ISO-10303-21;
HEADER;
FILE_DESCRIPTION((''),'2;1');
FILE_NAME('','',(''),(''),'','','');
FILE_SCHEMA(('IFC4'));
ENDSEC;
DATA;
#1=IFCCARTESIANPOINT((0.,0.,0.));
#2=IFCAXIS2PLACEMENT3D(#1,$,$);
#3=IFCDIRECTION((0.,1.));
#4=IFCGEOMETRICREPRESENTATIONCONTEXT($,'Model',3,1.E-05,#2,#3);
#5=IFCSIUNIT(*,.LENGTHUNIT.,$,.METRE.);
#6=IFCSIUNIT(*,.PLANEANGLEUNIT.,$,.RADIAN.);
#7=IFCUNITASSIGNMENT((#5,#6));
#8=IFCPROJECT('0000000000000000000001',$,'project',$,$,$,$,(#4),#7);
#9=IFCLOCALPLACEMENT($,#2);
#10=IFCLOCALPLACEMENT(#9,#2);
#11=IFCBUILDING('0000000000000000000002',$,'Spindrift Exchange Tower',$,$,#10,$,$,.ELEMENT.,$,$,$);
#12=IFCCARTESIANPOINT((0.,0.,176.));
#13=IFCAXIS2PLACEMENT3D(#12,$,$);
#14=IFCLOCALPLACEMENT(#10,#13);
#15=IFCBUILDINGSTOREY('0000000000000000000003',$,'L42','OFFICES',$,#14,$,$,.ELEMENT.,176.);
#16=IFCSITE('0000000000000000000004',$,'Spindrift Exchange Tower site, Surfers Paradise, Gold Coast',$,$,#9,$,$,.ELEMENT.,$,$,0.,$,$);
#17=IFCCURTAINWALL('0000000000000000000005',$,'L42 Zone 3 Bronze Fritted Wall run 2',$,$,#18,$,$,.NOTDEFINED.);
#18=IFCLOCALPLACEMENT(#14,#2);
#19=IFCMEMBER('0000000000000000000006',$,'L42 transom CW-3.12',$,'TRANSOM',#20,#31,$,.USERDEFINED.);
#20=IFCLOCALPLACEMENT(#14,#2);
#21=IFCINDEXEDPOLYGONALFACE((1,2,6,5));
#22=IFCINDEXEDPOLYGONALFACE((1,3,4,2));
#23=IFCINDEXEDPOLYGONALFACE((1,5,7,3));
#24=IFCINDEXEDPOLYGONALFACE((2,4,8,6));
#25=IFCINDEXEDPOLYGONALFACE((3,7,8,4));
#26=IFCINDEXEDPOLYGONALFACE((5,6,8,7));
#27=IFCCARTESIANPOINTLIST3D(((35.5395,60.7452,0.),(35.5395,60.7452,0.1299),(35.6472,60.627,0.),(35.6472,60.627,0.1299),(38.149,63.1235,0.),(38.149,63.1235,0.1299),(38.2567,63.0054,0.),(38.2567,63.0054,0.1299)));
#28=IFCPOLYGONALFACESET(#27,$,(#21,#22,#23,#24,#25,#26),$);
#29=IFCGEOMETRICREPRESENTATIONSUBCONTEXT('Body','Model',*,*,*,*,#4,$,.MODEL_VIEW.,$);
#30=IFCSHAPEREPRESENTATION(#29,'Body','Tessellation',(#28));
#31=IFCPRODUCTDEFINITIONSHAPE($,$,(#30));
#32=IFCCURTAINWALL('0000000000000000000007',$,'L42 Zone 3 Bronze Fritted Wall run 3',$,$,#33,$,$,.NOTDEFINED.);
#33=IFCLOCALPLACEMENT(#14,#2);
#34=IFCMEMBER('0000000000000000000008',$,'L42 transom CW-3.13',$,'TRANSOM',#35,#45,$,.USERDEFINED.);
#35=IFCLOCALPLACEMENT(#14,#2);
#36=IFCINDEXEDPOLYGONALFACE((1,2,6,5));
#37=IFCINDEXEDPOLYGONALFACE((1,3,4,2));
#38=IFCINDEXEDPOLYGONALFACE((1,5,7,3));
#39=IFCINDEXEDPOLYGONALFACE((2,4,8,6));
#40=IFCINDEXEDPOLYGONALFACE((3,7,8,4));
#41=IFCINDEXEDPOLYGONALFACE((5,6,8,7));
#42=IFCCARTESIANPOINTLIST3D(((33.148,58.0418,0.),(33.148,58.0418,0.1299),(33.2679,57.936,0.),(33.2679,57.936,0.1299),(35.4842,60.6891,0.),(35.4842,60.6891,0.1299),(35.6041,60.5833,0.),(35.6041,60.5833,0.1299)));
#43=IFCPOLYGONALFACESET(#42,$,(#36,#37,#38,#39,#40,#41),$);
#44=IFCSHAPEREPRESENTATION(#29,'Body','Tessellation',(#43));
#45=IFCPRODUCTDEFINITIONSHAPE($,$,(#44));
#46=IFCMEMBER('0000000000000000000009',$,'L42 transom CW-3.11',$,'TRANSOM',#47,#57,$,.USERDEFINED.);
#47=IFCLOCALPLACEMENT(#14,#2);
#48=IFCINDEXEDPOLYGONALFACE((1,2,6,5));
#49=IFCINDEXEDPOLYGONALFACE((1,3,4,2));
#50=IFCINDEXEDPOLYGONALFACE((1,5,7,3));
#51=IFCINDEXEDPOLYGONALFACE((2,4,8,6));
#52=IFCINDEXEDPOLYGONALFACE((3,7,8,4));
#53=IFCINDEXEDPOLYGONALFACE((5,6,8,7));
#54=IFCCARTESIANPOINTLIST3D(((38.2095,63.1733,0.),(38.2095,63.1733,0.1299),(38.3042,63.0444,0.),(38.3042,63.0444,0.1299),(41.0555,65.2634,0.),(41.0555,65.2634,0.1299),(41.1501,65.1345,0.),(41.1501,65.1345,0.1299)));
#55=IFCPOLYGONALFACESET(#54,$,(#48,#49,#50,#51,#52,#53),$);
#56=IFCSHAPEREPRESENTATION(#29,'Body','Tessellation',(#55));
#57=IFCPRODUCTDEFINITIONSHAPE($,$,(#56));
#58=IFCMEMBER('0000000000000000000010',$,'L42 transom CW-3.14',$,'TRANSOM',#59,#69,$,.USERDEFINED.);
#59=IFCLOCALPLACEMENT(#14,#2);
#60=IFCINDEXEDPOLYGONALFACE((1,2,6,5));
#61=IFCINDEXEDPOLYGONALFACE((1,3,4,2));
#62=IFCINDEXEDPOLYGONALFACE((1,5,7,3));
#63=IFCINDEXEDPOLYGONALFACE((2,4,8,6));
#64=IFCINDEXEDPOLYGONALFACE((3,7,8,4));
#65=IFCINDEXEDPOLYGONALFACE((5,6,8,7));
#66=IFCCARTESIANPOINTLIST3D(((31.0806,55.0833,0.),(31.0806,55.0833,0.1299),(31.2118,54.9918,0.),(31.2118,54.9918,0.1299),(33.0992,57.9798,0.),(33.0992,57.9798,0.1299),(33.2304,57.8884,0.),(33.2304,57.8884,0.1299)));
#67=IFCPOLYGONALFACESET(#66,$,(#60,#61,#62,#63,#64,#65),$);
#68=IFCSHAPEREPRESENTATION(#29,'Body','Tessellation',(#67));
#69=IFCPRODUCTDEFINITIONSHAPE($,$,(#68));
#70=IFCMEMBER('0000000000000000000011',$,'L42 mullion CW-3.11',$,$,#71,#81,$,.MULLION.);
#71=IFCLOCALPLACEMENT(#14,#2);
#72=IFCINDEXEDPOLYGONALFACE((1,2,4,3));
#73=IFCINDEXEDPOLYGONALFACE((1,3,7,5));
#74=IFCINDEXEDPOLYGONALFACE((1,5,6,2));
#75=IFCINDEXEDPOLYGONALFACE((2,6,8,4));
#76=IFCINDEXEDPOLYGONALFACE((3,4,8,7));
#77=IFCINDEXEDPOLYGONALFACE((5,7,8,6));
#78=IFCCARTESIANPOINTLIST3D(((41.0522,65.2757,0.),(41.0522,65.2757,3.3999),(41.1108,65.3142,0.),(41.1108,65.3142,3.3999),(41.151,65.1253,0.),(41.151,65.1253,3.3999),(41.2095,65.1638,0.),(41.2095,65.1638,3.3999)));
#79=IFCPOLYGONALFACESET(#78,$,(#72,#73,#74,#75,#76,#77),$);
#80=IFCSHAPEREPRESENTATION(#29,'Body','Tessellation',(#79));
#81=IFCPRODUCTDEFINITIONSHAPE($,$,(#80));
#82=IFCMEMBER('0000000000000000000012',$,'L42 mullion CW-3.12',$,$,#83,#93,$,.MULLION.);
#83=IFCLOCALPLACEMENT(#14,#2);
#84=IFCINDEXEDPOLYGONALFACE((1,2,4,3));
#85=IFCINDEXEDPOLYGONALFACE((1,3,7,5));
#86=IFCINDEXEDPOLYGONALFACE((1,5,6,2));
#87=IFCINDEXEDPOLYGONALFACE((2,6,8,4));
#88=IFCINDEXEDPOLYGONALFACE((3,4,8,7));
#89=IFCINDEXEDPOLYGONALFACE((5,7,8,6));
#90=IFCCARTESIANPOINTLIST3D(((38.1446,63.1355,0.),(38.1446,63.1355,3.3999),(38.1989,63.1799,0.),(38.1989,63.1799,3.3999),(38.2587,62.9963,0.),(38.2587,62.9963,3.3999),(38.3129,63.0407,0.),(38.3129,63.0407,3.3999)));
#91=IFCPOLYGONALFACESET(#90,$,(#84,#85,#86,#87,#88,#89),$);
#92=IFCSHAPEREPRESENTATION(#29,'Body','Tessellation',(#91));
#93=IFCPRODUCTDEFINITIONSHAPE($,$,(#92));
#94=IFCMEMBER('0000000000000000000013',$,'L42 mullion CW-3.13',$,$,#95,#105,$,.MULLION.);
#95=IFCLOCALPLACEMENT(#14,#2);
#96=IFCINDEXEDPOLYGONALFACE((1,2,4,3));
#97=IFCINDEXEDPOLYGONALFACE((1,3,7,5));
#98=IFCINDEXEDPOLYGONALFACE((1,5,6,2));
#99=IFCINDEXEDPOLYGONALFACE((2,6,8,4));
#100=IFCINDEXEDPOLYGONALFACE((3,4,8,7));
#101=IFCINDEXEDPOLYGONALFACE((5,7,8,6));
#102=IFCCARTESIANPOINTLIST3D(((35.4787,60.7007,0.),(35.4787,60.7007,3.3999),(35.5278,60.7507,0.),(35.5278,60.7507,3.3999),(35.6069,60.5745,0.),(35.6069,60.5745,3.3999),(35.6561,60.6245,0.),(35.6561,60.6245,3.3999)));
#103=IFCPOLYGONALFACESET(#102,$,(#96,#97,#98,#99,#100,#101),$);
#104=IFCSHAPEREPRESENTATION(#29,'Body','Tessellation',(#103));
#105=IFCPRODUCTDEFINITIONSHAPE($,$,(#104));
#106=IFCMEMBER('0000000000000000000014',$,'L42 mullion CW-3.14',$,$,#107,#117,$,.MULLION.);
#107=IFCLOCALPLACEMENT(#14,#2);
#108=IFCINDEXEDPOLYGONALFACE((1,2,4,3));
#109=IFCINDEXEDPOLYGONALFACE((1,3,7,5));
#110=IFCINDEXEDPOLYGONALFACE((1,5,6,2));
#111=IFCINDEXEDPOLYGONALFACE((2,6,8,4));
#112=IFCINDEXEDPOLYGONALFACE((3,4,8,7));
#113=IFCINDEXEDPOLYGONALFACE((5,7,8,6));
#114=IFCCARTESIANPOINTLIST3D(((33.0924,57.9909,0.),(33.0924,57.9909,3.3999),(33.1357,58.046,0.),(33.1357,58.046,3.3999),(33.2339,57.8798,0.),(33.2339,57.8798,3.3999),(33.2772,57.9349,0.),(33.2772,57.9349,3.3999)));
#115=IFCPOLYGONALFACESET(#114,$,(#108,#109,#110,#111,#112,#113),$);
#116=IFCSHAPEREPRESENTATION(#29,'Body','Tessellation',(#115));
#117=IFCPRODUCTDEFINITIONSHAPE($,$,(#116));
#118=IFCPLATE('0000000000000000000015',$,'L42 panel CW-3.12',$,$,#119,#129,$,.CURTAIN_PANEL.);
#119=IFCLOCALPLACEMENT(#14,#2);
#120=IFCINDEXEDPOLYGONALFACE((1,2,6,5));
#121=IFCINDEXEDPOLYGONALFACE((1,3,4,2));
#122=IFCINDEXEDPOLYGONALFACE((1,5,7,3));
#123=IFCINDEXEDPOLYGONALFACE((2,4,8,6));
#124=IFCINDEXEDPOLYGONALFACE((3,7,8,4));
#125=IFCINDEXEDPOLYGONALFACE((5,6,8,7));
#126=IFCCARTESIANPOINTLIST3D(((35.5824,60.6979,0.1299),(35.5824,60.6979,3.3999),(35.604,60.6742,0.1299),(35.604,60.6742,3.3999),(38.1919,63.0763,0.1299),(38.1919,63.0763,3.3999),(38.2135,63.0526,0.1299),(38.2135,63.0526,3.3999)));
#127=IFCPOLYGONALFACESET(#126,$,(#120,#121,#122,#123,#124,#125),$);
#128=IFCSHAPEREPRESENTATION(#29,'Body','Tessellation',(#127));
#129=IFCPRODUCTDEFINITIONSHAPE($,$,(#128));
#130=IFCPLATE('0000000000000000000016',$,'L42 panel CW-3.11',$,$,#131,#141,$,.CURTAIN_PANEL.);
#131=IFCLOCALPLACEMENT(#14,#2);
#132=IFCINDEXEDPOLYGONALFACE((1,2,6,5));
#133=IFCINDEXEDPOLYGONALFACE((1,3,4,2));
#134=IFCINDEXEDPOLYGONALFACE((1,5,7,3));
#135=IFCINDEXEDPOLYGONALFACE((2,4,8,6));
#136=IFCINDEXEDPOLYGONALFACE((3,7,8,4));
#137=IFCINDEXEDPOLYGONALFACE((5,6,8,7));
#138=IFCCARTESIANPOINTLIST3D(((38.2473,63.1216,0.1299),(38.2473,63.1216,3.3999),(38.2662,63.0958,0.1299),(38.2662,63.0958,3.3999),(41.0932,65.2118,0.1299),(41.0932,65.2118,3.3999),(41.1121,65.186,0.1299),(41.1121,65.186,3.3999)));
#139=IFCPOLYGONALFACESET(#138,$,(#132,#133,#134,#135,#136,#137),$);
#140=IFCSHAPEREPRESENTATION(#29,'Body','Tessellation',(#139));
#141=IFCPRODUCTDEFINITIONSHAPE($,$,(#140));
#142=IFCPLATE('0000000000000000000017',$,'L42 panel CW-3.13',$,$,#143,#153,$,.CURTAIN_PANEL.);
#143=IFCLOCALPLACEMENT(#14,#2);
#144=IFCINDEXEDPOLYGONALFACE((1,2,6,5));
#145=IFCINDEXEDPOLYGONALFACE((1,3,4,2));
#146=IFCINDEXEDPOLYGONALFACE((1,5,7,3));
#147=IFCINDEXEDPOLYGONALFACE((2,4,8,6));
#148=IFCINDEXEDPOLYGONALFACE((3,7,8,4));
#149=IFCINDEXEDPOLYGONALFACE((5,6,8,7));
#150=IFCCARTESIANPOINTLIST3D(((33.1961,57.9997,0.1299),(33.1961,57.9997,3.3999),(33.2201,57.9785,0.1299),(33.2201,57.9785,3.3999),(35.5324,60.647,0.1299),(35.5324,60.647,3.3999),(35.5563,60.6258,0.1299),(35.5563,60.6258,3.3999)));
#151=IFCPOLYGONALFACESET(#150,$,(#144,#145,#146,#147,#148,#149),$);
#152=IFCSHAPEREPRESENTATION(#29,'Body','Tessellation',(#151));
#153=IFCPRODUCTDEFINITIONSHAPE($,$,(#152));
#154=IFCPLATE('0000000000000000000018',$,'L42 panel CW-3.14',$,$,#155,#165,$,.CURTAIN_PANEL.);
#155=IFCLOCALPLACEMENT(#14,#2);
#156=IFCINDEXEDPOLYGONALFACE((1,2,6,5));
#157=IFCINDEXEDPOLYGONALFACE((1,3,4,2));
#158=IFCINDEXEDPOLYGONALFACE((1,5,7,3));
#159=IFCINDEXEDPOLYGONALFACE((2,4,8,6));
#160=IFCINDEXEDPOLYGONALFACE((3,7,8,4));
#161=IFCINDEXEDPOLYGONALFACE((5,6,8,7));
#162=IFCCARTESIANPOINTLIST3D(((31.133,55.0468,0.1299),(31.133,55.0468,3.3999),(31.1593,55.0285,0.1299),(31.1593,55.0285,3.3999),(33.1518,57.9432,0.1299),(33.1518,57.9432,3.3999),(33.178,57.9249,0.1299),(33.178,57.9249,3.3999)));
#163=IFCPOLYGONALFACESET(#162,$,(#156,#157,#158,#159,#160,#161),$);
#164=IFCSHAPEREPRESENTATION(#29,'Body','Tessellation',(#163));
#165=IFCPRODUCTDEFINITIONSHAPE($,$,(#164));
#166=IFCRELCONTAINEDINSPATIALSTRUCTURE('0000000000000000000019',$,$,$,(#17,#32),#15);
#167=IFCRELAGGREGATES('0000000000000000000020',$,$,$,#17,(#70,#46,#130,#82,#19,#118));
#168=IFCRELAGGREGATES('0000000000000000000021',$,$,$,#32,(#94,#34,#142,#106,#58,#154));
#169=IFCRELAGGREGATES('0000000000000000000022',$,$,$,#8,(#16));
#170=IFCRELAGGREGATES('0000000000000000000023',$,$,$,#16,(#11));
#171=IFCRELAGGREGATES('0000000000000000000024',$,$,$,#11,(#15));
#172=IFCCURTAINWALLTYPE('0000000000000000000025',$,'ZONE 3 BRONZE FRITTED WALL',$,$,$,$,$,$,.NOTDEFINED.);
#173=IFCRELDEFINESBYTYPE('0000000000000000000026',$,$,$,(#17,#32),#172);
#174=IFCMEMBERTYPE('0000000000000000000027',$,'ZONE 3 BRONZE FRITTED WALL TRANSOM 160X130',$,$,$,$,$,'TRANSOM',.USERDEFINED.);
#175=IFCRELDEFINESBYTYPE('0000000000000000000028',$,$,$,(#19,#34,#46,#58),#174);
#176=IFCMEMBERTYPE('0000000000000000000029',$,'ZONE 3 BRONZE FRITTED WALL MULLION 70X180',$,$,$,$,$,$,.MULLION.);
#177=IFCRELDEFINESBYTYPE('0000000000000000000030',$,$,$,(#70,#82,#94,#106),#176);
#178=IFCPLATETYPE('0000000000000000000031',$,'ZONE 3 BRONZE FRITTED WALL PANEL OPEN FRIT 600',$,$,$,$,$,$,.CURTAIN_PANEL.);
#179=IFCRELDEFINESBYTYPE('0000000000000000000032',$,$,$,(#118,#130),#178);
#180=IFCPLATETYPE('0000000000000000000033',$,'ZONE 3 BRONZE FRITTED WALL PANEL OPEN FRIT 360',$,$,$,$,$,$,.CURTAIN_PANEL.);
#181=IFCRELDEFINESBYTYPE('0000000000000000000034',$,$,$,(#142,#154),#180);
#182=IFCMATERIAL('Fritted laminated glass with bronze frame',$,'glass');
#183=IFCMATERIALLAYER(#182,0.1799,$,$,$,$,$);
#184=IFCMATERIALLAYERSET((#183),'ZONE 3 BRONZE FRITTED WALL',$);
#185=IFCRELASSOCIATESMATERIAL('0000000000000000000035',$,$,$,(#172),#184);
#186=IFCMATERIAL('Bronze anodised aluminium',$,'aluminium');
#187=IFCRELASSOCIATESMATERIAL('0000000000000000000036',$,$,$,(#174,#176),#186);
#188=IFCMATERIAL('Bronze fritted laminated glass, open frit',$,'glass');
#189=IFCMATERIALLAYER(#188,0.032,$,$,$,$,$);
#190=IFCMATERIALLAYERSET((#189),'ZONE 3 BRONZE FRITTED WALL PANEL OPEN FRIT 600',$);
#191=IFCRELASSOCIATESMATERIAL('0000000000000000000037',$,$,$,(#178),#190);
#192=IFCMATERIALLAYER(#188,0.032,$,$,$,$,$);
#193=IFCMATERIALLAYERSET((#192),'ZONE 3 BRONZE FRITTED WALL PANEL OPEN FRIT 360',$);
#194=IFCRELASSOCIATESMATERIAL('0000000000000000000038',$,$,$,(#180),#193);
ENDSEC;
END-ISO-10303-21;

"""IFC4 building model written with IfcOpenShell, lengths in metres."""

from ifc_helpers import new_model, si_unit, direction, frame, origin, origin_2d, place, context, subcontext, project, spatial, rectangle, extrude, source, transform, mapped, material, layer, layer_set, material_profile, profile_set, type_object, element, aggregate, save


model = new_model("IFC4")

# Units and contexts
model_context = context("Model", 3, precision=1e-05, world=origin(), true_north=direction((0.0, 1.0)))
body_context = subcontext(model_context, "Body", "Model", "MODEL_VIEW")
ifc_project = project(units=[si_unit("LENGTHUNIT", "METRE"), si_unit("PLANEANGLEUNIT", "RADIAN")], contexts=[model_context])

# Site, building, storey
site_placement = place(None, origin())
site = spatial("IfcSite", under=ifc_project, at=site_placement, Name="Spindrift Exchange Tower site, Surfers Paradise, Gold Coast", CompositionType="ELEMENT", RefElevation=0.0)
building_placement = place(site_placement, origin())
building = spatial("IfcBuilding", under=site, at=building_placement, Name="Spindrift Exchange Tower", CompositionType="ELEMENT")
storey_placement = place(building_placement, frame((0.0, 0.0, 176.0)))
storey = spatial("IfcBuildingStorey", under=building, at=storey_placement, Name="L42", Description="OFFICES", CompositionType="ELEMENT", Elevation=176.0)

# Curtain walls, members
ifc_material_1 = material(Name="Fritted laminated glass with bronze frame", Category="glass")
ifc_layer_1 = layer(ifc_material_1, 0.1799)
ifc_layer_set_1 = layer_set([ifc_layer_1], Name="ZONE 3 BRONZE FRITTED WALL")
curtain_wall_type = type_object("IfcCurtainWallType", Name="ZONE 3 BRONZE FRITTED WALL", PredefinedType="NOTDEFINED", material=ifc_layer_set_1)
curtain_wall_1_placement = place(storey_placement, origin())
curtain_wall_1 = element("IfcCurtainWall", 1, at=curtain_wall_1_placement, inside=storey, type_object=curtain_wall_type, Name="L42 Zone 3 Bronze Fritted Wall run 2", PredefinedType="NOTDEFINED")
ifc_material_2 = material(Name="Bronze anodised aluminium", Category="aluminium")
ifc_material_profile_1 = material_profile(ifc_material_2, rectangle(XDim=0.1599, YDim=0.1299, at=origin_2d()), Name="ZONE 3 BRONZE FRITTED WALL TRANSOM 160X130")
ifc_profile_set_1 = profile_set([ifc_material_profile_1], Name="Bronze anodised aluminium")
member_type_1 = type_object("IfcMemberType", Name="ZONE 3 BRONZE FRITTED WALL TRANSOM 160X130", ElementType="TRANSOM", PredefinedType="USERDEFINED", material=ifc_profile_set_1)
shared_shape_1 = source(origin(), body_context, "Body", "SweptSolid", [
    extrude(rectangle(XDim=0.1599, YDim=0.1299, at=origin_2d()), origin(), (0.0, 0.0, 1.0), 3.5308),
])
member_1_placement = place(storey_placement, frame((38.2029, 63.0645, 0.0649), z_axis=(-0.739088, -0.673608, 0.0), x_axis=(0.673608, -0.739088, 0.0)))
member_1 = element("IfcMember", 2, at=member_1_placement, type_object=member_type_1, Name="L42 transom CW-3.12", ObjectType="TRANSOM", PredefinedType="USERDEFINED", context=body_context, shape_type="MappedRepresentation", body=[
    mapped(shared_shape_1, transform((0.0, 0.0, 0.0), scale=1.0)),
])
curtain_wall_2_placement = place(storey_placement, origin())
curtain_wall_2 = element("IfcCurtainWall", 3, at=curtain_wall_2_placement, inside=storey, type_object=curtain_wall_type, Name="L42 Zone 3 Bronze Fritted Wall run 3", PredefinedType="NOTDEFINED")
member_2_placement = place(storey_placement, frame((35.5442, 60.6362, 0.0649), z_axis=(-0.661686, -0.749781, 0.0), x_axis=(0.749781, -0.661686, 0.0)))
member_2 = element("IfcMember", 4, at=member_2_placement, type_object=member_type_1, Name="L42 transom CW-3.13", ObjectType="TRANSOM", PredefinedType="USERDEFINED", context=body_context, shape_type="MappedRepresentation", body=[
    mapped(shared_shape_1, transform((0.0, 0.0, 0.0), scale=1.0)),
])

# Members
shared_shape_2 = source(origin(), body_context, "Body", "SweptSolid", [
    extrude(rectangle(XDim=0.1599, YDim=0.1299, at=origin_2d()), origin(), (0.0, 0.0, 1.0), 3.531),
])
member_3_placement = place(storey_placement, frame((41.1028, 65.199, 0.0649), z_axis=(-0.805992, -0.591927, 0.0), x_axis=(0.591927, -0.805992, 0.0)))
member_3 = element("IfcMember", 5, at=member_3_placement, type_object=member_type_1, Name="L42 transom CW-3.11", ObjectType="TRANSOM", PredefinedType="USERDEFINED", context=body_context, shape_type="MappedRepresentation", body=[
    mapped(shared_shape_2, transform((0.0, 0.0, 0.0), scale=1.0)),
])
shared_shape_3 = source(origin(), body_context, "Body", "SweptSolid", [
    extrude(rectangle(XDim=0.1599, YDim=0.1299, at=origin_2d()), origin(), (0.0, 0.0, 1.0), 3.5305),
])
member_4_placement = place(storey_placement, frame((33.1648, 57.9341, 0.0649), z_axis=(-0.571753, -0.820426, 0.0), x_axis=(0.820426, -0.571753, 0.0)))
member_4 = element("IfcMember", 6, at=member_4_placement, type_object=member_type_1, Name="L42 transom CW-3.14", ObjectType="TRANSOM", PredefinedType="USERDEFINED", context=body_context, shape_type="MappedRepresentation", body=[
    mapped(shared_shape_3, transform((0.0, 0.0, 0.0), scale=1.0)),
])
ifc_material_profile_2 = material_profile(ifc_material_2, rectangle(XDim=0.0701, YDim=0.1799, at=origin_2d()), Name="ZONE 3 BRONZE FRITTED WALL MULLION 70X180")
ifc_profile_set_2 = profile_set([ifc_material_profile_2], Name="Bronze anodised aluminium")
member_type_2 = type_object("IfcMemberType", Name="ZONE 3 BRONZE FRITTED WALL MULLION 70X180", PredefinedType="MULLION", material=ifc_profile_set_2)
shared_shape_4 = source(origin(), body_context, "Body", "SweptSolid", [
    extrude(rectangle(XDim=0.0701, YDim=0.1799, at=origin_2d()), origin(), (0.0, 0.0, 1.0), 3.3999),
])
member_5_placement = place(storey_placement, frame((41.1309, 65.2197, 0.0), z_axis=(0.0, 0.0, 1.0), x_axis=(-0.835917, -0.548856, 0.0)))
member_5 = element("IfcMember", 7, at=member_5_placement, type_object=member_type_2, Name="L42 mullion CW-3.11", PredefinedType="MULLION", context=body_context, shape_type="MappedRepresentation", body=[
    mapped(shared_shape_4, transform((0.0, 0.0, 0.0), scale=1.0)),
])
member_6_placement = place(storey_placement, frame((38.2288, 63.0881, 0.0), z_axis=(0.0, 0.0, 1.0), x_axis=(-0.773599, -0.633675, 0.0)))
member_6 = element("IfcMember", 8, at=member_6_placement, type_object=member_type_2, Name="L42 mullion CW-3.12", PredefinedType="MULLION", context=body_context, shape_type="MappedRepresentation", body=[
    mapped(shared_shape_4, transform((0.0, 0.0, 0.0), scale=1.0)),
])
member_7_placement = place(storey_placement, frame((35.5674, 60.6626, 0.0), z_axis=(0.0, 0.0, 1.0), x_axis=(-0.701416, -0.712752, 0.0)))
member_7 = element("IfcMember", 9, at=member_7_placement, type_object=member_type_2, Name="L42 mullion CW-3.13", PredefinedType="MULLION", context=body_context, shape_type="MappedRepresentation", body=[
    mapped(shared_shape_4, transform((0.0, 0.0, 0.0), scale=1.0)),
])
member_8_placement = place(storey_placement, frame((33.1848, 57.9629, 0.0), z_axis=(0.0, 0.0, 1.0), x_axis=(-0.617748, -0.786376, 0.0)))
member_8 = element("IfcMember", 10, at=member_8_placement, type_object=member_type_2, Name="L42 mullion CW-3.14", PredefinedType="MULLION", context=body_context, shape_type="MappedRepresentation", body=[
    mapped(shared_shape_4, transform((0.0, 0.0, 0.0), scale=1.0)),
])

# Plates
ifc_material_3 = material(Name="Bronze fritted laminated glass, open frit", Category="glass")
ifc_layer_2 = layer(ifc_material_3, 0.032)
ifc_layer_set_2 = layer_set([ifc_layer_2], Name="ZONE 3 BRONZE FRITTED WALL PANEL OPEN FRIT 600")
plate_type_1 = type_object("IfcPlateType", Name="ZONE 3 BRONZE FRITTED WALL PANEL OPEN FRIT 600", PredefinedType="CURTAIN_PANEL", material=ifc_layer_set_2)
shared_shape_5 = source(origin(), body_context, "Body", "SweptSolid", [
    extrude(rectangle(XDim=3.5308, YDim=0.032, at=origin_2d()), origin(), (0.0, 0.0, 1.0), 3.27),
])
plate_1_placement = place(storey_placement, frame((36.8979, 61.8752, 0.1299), z_axis=(0.0, 0.0, 1.0), x_axis=(-0.739078, -0.67362, 0.0)))
plate_1 = element("IfcPlate", 11, at=plate_1_placement, type_object=plate_type_1, Name="L42 panel CW-3.12", PredefinedType="CURTAIN_PANEL", context=body_context, shape_type="MappedRepresentation", body=[
    mapped(shared_shape_5, transform((0.0, 0.0, 0.0), scale=1.0)),
])
shared_shape_6 = source(origin(), body_context, "Body", "SweptSolid", [
    extrude(rectangle(XDim=3.531, YDim=0.032, at=origin_2d()), origin(), (0.0, 0.0, 1.0), 3.27),
])
plate_2_placement = place(storey_placement, frame((39.6797, 64.1538, 0.1299), z_axis=(0.0, 0.0, 1.0), x_axis=(-0.805965, -0.591963, 0.0)))
plate_2 = element("IfcPlate", 12, at=plate_2_placement, type_object=plate_type_1, Name="L42 panel CW-3.11", PredefinedType="CURTAIN_PANEL", context=body_context, shape_type="MappedRepresentation", body=[
    mapped(shared_shape_6, transform((0.0, 0.0, 0.0), scale=1.0)),
])
aggregate(curtain_wall_1, [member_5, member_3, plate_2, member_6, member_1, plate_1])
ifc_layer_3 = layer(ifc_material_3, 0.032)
ifc_layer_set_3 = layer_set([ifc_layer_3], Name="ZONE 3 BRONZE FRITTED WALL PANEL OPEN FRIT 360")
plate_type_2 = type_object("IfcPlateType", Name="ZONE 3 BRONZE FRITTED WALL PANEL OPEN FRIT 360", PredefinedType="CURTAIN_PANEL", material=ifc_layer_set_3)
shared_shape_7 = source(origin(), body_context, "Body", "SweptSolid", [
    extrude(rectangle(XDim=3.5308, YDim=0.032, at=origin_2d()), origin(), (0.0, 0.0, 1.0), 3.27),
])
plate_3_placement = place(storey_placement, frame((34.3762, 59.3127, 0.1299), z_axis=(0.0, 0.0, 1.0), x_axis=(-0.661686, -0.749781, 0.0)))
plate_3 = element("IfcPlate", 13, at=plate_3_placement, type_object=plate_type_2, Name="L42 panel CW-3.13", PredefinedType="CURTAIN_PANEL", context=body_context, shape_type="MappedRepresentation", body=[
    mapped(shared_shape_7, transform((0.0, 0.0, 0.0), scale=1.0)),
])
shared_shape_8 = source(origin(), body_context, "Body", "SweptSolid", [
    extrude(rectangle(XDim=3.5305, YDim=0.032, at=origin_2d()), origin(), (0.0, 0.0, 1.0), 3.27),
])
plate_4_placement = place(storey_placement, frame((32.1555, 56.4858, 0.1299), z_axis=(0.0, 0.0, 1.0), x_axis=(-0.571791, -0.820399, 0.0)))
plate_4 = element("IfcPlate", 14, at=plate_4_placement, type_object=plate_type_2, Name="L42 panel CW-3.14", PredefinedType="CURTAIN_PANEL", context=body_context, shape_type="MappedRepresentation", body=[
    mapped(shared_shape_8, transform((0.0, 0.0, 0.0), scale=1.0)),
])
aggregate(curtain_wall_2, [member_7, member_2, plate_3, member_8, member_4, plate_4])

save(model, "model.ifc")
